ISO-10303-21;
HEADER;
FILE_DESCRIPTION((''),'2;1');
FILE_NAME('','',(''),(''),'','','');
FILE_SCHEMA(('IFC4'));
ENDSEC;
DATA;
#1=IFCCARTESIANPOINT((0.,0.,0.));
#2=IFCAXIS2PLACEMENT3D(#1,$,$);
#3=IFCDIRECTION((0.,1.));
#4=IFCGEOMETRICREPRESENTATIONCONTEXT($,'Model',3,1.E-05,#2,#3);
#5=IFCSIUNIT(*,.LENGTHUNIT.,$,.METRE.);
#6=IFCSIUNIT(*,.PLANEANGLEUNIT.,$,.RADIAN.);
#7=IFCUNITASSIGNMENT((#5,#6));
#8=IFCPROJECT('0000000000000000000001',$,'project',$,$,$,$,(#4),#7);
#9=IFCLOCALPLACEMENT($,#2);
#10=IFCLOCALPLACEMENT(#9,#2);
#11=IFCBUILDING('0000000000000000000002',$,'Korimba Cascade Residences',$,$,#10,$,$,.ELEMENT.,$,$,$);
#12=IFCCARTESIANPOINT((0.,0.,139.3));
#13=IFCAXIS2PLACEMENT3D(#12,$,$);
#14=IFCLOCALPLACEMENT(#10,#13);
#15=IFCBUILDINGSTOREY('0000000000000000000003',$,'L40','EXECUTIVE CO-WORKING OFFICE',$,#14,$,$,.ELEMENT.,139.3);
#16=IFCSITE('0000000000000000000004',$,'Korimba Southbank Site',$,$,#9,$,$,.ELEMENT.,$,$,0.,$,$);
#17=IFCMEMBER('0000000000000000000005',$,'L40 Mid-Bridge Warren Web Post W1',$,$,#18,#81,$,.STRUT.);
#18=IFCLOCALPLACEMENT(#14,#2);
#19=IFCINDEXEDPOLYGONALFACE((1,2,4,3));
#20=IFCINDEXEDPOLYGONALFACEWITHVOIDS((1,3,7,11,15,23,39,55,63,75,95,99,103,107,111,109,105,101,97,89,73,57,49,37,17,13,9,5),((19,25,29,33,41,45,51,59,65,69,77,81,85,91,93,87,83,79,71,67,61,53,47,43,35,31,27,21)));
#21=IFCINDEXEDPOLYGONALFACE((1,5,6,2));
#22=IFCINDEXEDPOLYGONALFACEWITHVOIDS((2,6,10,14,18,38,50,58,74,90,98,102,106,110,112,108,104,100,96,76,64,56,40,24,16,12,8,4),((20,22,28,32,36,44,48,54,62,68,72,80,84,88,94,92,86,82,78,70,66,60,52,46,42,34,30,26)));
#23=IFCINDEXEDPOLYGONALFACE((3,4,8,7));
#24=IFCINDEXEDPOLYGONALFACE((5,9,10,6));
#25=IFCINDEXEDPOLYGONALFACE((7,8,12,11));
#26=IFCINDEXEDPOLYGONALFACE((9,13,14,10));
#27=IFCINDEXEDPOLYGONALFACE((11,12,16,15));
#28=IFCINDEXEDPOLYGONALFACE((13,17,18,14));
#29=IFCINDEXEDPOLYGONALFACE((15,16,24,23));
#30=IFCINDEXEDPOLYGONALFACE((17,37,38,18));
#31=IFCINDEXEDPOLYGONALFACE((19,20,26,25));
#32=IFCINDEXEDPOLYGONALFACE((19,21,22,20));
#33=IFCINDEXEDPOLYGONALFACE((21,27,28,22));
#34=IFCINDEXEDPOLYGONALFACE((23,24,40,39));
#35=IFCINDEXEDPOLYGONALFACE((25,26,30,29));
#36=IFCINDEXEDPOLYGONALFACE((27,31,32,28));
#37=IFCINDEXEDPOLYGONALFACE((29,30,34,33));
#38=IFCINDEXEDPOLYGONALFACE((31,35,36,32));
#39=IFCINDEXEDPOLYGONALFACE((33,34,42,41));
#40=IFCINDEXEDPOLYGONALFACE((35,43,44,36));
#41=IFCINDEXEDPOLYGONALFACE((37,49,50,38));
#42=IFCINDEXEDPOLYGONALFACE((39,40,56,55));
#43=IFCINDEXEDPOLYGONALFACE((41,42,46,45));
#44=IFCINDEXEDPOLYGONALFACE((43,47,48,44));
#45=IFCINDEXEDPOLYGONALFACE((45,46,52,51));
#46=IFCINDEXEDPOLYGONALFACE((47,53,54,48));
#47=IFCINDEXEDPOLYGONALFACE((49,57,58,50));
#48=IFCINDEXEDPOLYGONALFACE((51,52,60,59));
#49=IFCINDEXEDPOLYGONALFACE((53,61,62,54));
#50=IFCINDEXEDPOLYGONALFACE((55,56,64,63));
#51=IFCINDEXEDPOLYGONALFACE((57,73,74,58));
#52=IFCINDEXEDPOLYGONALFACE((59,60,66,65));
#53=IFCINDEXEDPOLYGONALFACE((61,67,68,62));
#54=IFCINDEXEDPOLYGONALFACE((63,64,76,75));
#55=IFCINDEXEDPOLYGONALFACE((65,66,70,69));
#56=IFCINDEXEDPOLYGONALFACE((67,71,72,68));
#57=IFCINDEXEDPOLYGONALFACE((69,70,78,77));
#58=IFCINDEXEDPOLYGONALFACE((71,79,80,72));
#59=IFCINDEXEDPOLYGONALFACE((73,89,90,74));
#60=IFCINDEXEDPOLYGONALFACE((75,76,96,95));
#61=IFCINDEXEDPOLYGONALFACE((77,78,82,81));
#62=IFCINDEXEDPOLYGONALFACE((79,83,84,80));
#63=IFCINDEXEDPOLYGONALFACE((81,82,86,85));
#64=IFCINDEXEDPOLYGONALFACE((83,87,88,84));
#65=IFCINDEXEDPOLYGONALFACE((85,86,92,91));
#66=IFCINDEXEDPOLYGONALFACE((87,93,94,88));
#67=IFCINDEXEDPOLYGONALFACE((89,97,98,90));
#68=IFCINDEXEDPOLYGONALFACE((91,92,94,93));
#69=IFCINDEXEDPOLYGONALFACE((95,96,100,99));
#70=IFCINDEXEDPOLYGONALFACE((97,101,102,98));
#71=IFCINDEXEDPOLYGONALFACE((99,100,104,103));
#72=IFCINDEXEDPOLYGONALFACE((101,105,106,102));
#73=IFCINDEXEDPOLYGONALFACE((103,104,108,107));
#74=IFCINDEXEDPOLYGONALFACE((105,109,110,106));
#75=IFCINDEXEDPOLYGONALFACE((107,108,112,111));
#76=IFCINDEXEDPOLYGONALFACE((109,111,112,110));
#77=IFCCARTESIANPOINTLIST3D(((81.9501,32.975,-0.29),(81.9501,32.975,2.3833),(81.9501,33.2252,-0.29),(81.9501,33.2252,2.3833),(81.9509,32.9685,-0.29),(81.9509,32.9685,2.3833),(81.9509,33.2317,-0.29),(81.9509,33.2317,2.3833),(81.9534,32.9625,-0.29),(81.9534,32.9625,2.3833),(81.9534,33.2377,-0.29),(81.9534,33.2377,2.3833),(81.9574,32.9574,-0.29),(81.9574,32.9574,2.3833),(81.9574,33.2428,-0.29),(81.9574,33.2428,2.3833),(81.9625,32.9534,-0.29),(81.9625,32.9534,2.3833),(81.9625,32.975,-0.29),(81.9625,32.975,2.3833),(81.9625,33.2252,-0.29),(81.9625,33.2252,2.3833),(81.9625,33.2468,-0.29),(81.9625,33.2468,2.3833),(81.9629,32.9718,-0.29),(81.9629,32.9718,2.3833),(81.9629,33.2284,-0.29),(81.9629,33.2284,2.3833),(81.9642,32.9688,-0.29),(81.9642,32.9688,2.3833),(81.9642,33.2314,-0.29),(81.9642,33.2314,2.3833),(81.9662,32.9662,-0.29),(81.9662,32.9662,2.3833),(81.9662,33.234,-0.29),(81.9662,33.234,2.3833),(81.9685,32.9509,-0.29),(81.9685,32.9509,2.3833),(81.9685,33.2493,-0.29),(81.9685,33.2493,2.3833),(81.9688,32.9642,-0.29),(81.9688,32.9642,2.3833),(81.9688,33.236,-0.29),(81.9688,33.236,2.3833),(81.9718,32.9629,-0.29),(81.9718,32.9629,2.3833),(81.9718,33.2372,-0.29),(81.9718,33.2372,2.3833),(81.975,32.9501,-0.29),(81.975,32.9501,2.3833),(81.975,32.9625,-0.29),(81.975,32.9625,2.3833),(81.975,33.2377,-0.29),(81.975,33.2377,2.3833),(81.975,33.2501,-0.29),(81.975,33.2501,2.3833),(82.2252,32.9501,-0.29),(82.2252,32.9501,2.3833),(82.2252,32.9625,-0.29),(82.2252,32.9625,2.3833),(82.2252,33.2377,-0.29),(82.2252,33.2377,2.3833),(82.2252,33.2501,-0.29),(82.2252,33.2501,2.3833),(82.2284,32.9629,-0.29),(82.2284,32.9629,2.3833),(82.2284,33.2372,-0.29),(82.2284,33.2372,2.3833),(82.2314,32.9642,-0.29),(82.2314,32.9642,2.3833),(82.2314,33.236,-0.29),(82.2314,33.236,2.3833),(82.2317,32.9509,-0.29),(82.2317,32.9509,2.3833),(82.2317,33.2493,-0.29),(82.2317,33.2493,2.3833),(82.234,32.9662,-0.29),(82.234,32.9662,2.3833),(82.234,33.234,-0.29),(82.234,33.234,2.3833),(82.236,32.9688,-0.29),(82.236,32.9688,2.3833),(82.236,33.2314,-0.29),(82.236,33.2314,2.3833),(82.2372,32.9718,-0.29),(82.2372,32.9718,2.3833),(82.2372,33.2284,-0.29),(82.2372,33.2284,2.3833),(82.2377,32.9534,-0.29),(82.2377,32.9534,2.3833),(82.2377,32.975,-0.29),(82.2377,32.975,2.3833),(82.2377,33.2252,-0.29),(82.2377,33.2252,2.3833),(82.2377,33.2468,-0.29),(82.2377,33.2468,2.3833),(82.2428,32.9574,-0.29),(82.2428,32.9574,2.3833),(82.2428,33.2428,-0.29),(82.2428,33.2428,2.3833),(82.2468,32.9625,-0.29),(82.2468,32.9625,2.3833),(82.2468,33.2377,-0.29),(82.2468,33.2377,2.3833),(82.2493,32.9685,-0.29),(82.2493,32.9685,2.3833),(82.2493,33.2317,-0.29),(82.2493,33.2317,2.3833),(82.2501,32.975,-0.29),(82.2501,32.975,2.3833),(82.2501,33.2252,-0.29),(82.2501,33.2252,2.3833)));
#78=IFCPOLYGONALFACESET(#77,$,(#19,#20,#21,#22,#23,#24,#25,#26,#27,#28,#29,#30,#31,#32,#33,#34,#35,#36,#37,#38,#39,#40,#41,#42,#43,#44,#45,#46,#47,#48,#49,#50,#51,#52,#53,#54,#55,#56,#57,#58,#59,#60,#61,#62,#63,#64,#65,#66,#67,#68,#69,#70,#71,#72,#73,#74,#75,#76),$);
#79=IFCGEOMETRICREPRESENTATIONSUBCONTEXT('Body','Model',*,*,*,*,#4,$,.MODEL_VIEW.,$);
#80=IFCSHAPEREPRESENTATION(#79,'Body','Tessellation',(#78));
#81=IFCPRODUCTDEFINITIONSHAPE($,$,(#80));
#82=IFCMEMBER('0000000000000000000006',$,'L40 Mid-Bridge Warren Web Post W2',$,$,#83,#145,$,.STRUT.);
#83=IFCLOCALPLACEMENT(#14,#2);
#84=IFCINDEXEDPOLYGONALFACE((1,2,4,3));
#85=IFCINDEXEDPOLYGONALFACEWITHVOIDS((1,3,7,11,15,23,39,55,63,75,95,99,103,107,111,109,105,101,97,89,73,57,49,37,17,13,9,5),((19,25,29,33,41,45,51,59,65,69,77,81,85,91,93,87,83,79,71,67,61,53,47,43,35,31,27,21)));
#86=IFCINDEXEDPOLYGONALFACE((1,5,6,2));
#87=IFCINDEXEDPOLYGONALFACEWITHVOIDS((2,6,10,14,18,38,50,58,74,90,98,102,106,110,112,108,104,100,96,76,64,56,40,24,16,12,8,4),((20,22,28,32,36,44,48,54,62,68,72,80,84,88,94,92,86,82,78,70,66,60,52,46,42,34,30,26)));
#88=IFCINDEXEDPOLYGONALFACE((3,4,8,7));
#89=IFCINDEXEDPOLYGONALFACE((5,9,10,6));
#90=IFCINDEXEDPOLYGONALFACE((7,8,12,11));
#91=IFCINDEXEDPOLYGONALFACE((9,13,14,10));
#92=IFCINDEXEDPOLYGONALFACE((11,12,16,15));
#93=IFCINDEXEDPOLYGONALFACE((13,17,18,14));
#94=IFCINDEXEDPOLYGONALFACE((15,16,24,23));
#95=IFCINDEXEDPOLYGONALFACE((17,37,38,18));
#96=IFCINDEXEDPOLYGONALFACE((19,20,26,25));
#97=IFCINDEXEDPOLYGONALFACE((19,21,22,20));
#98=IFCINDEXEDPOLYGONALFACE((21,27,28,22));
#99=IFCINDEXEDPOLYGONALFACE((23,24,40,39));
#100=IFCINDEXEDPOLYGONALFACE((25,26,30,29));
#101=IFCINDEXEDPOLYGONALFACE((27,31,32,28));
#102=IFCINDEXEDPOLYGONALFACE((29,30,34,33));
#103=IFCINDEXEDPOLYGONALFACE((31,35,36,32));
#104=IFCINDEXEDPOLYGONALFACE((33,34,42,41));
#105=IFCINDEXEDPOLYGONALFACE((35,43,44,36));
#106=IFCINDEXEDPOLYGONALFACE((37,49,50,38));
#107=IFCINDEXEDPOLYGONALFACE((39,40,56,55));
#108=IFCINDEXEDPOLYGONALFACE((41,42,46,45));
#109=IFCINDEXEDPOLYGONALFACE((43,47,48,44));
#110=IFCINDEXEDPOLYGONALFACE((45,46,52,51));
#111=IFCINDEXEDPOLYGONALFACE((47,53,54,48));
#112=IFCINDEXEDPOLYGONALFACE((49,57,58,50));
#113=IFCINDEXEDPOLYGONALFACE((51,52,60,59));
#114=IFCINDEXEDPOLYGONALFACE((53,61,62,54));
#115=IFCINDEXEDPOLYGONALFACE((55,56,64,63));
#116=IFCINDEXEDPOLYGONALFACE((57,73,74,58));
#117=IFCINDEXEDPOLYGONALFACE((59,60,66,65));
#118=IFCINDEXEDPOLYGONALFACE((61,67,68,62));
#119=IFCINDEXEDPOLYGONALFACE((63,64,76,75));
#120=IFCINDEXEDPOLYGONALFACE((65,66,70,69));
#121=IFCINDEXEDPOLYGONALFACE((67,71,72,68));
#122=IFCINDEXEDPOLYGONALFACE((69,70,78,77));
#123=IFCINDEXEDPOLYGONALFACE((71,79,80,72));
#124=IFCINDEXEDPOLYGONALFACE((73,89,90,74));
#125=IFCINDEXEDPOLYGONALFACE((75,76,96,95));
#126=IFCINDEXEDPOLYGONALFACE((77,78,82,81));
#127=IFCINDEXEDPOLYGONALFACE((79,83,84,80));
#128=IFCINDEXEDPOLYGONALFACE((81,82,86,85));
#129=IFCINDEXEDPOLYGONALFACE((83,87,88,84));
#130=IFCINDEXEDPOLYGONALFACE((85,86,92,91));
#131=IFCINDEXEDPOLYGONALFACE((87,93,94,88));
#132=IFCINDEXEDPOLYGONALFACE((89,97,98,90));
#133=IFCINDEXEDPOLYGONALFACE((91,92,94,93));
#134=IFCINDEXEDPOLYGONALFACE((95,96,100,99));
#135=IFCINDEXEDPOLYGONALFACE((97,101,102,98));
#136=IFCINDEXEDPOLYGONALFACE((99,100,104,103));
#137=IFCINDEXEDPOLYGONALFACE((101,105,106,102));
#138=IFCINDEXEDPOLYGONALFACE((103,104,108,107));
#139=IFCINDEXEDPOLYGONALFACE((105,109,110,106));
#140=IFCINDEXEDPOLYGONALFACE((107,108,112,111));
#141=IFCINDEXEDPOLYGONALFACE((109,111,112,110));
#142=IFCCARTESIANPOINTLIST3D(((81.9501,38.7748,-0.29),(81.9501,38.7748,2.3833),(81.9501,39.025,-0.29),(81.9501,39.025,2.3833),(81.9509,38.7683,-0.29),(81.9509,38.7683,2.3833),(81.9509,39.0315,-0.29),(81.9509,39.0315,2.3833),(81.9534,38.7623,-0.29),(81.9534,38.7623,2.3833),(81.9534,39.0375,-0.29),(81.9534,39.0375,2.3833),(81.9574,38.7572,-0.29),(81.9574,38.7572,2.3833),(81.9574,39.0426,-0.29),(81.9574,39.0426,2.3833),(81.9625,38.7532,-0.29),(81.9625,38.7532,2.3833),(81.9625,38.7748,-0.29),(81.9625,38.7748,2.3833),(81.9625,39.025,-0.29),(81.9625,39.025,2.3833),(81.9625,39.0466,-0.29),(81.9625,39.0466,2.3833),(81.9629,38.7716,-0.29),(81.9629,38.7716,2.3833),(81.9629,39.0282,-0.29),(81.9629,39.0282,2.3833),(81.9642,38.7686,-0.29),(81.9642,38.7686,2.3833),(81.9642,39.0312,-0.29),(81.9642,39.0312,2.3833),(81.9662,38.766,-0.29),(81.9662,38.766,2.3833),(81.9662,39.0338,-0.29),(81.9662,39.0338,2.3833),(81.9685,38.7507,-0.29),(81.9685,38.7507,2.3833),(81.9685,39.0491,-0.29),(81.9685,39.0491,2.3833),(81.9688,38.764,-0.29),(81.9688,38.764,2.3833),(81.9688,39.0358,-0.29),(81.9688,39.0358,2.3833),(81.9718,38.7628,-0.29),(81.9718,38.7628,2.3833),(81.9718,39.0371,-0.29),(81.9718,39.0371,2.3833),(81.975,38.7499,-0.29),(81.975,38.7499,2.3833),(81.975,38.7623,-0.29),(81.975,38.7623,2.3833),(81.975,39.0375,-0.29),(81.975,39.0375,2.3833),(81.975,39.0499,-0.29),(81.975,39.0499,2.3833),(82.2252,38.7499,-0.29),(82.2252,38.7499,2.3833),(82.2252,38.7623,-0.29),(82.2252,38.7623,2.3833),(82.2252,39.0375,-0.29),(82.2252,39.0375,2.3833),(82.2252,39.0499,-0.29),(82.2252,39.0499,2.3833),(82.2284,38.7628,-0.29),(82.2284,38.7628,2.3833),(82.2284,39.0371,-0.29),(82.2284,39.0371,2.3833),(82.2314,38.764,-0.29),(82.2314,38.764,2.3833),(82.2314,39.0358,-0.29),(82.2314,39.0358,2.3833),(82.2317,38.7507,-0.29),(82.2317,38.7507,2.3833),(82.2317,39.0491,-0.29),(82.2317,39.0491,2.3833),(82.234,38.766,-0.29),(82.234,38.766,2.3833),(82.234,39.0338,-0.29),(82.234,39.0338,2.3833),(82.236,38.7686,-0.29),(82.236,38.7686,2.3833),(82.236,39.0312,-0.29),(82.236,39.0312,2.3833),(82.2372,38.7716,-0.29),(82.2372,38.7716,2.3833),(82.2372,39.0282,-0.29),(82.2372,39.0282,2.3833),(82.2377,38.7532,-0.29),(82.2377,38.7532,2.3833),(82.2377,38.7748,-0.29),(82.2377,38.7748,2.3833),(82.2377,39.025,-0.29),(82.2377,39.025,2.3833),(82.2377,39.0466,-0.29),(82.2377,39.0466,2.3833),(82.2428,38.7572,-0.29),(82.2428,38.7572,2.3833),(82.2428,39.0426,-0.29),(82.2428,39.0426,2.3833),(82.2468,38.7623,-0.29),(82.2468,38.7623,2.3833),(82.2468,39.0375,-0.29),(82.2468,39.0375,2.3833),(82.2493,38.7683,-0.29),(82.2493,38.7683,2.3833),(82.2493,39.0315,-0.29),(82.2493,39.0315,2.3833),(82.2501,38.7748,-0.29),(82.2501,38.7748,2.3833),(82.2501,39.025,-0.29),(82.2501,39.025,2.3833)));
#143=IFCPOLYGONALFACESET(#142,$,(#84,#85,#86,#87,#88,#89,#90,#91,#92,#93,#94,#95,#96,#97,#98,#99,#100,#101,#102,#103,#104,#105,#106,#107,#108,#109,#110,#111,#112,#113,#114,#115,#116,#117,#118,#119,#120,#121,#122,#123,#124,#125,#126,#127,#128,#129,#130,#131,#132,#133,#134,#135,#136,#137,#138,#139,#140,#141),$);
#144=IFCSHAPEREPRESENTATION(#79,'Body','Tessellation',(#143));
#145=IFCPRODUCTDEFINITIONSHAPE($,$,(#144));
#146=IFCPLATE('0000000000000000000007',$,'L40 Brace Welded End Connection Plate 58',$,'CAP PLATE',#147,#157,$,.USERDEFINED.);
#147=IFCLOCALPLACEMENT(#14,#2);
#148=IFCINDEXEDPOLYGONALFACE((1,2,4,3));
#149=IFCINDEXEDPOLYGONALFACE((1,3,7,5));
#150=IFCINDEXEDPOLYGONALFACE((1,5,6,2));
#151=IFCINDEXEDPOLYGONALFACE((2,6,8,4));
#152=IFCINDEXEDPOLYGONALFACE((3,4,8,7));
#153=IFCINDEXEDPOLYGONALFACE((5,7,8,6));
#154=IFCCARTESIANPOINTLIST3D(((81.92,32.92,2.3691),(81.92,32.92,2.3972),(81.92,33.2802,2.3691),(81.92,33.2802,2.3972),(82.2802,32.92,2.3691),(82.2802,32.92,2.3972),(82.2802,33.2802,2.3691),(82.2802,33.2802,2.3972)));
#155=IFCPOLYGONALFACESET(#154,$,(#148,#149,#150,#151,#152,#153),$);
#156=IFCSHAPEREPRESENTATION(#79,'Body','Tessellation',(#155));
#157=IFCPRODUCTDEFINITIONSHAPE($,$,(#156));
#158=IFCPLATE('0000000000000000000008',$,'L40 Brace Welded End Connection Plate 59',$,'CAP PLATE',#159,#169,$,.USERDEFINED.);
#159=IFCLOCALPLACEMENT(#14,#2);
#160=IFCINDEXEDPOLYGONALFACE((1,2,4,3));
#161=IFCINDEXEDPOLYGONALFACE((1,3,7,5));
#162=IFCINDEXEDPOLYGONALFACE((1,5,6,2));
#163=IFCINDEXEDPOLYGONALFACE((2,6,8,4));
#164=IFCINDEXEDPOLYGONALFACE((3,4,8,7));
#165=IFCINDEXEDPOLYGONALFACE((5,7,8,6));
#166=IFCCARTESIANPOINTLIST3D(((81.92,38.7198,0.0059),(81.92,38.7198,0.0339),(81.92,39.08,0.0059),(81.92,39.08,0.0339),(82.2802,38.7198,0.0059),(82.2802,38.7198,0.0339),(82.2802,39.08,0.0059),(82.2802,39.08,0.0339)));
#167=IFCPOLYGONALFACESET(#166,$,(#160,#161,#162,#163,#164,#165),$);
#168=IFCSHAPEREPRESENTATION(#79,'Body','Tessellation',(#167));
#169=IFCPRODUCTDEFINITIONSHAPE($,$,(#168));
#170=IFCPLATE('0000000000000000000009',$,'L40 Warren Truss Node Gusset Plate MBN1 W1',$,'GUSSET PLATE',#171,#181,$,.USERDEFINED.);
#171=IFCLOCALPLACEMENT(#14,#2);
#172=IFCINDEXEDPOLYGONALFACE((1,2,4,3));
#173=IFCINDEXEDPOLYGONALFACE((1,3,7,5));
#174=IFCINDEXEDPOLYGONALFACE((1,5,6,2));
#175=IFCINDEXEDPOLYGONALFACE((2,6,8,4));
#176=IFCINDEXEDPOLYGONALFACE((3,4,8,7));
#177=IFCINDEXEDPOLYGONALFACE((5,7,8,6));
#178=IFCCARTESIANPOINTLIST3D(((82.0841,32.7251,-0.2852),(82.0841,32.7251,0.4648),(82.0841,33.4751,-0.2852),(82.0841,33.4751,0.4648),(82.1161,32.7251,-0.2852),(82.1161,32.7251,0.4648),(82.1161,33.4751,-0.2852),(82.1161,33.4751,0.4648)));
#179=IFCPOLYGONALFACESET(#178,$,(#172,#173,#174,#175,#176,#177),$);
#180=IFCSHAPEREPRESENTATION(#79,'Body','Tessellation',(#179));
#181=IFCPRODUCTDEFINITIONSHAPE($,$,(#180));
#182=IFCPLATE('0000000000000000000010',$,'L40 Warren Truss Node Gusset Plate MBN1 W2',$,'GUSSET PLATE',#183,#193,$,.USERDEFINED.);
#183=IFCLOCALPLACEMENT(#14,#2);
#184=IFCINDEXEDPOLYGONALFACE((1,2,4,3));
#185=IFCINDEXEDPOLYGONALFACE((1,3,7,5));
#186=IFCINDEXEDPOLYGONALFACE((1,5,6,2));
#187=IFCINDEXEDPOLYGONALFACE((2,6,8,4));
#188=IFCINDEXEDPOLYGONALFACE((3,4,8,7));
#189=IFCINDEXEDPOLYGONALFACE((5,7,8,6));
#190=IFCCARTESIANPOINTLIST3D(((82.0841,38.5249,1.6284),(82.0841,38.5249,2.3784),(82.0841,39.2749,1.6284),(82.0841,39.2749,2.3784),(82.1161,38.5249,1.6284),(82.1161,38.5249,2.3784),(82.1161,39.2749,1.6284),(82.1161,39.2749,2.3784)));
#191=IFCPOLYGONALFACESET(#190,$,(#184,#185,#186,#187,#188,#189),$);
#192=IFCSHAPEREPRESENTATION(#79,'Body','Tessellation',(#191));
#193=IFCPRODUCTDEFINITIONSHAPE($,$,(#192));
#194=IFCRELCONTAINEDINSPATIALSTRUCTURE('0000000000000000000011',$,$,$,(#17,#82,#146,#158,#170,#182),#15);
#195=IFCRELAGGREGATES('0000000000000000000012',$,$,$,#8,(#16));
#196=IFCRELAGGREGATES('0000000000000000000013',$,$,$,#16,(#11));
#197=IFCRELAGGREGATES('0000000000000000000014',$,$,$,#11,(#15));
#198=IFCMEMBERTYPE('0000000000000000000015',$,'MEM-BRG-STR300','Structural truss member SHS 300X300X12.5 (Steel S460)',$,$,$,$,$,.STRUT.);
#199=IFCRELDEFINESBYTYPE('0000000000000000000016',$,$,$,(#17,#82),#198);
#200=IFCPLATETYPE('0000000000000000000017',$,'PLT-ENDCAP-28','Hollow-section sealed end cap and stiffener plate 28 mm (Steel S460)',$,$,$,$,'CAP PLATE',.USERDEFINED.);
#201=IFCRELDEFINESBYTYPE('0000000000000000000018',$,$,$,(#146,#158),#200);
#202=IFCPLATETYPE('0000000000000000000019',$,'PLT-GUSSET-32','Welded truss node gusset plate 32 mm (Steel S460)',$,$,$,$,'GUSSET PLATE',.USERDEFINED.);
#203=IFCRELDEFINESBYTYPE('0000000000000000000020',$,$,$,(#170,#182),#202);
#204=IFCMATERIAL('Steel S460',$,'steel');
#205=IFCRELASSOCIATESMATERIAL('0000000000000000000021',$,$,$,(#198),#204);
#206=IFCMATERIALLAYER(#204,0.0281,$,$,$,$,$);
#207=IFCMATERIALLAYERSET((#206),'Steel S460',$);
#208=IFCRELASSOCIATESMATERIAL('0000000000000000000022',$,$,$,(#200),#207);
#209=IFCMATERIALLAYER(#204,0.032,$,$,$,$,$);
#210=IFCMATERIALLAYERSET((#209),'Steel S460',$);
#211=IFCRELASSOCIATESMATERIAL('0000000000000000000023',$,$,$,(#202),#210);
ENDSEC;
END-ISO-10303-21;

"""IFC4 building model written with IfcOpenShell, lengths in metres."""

from ifc_helpers import new_model, si_unit, direction, frame, origin, origin_2d, place, context, subcontext, project, spatial, rectangle, hollow_rectangle, extrude, material, layer, layer_set, material_profile, profile_set, type_object, element, save


model = new_model("IFC4")

# Units and contexts
model_context = context("Model", 3, precision=1e-05, world=origin(), true_north=direction((0.0, 1.0)))
body_context = subcontext(model_context, "Body", "Model", "MODEL_VIEW")
ifc_project = project(units=[si_unit("LENGTHUNIT", "METRE"), si_unit("PLANEANGLEUNIT", "RADIAN")], contexts=[model_context])

# Site, building, storey
site_placement = place(None, origin())
site = spatial("IfcSite", under=ifc_project, at=site_placement, Name="Korimba Southbank Site", CompositionType="ELEMENT", RefElevation=0.0)
building_placement = place(site_placement, origin())
building = spatial("IfcBuilding", under=site, at=building_placement, Name="Korimba Cascade Residences", CompositionType="ELEMENT")
storey_placement = place(building_placement, frame((0.0, 0.0, 139.3)))
storey = spatial("IfcBuildingStorey", under=building, at=storey_placement, Name="L40", Description="EXECUTIVE CO-WORKING OFFICE", CompositionType="ELEMENT", Elevation=139.3)

# Shared definitions
ifc_material_1 = material(Name="Steel S460", Category="steel")

# Members
ifc_material_profile_1 = material_profile(ifc_material_1, hollow_rectangle(XDim=0.3, YDim=0.3, WallThickness=0.0125, InnerFilletRadius=0.0125, OuterFilletRadius=0.0249, at=origin_2d()), Name="Steel S460")
ifc_profile_set_1 = profile_set([ifc_material_profile_1], Name="Steel S460")
member_type_1 = type_object("IfcMemberType", Name="MEM-BRG-STR300", Description="Structural truss member SHS 300X300X12.5 (Steel S460)", PredefinedType="STRUT", material=ifc_profile_set_1)
for number, where, z_axis, x_axis, name in (
    (1, (82.1001, 33.1001, -0.29), (0.0, 0.0, 1.0), (1.0, 0.0, 0.0), "L40 Mid-Bridge Warren Web Post W1"),
    (2, (82.1001, 38.8999, -0.29), (0.0, 0.0, 1.0), (1.0, 0.0, 0.0), "L40 Mid-Bridge Warren Web Post W2"),
):
    element("IfcMember", number, at=place(storey_placement, frame(where, z_axis=z_axis, x_axis=x_axis)), inside=storey, type_object=member_type_1, Name=name, PredefinedType="STRUT", context=body_context, shape_type="SweptSolid", body=[
        extrude(hollow_rectangle(XDim=0.3, YDim=0.3, WallThickness=0.0125, InnerFilletRadius=0.0125, OuterFilletRadius=0.0249, at=origin_2d()), origin(), (0.0, 0.0, 1.0), 2.6733),
    ])

# Plates
ifc_layer_1 = layer(ifc_material_1, 0.0281)
ifc_layer_set_1 = layer_set([ifc_layer_1], Name="Steel S460")
plate_type_1 = type_object("IfcPlateType", Name="PLT-ENDCAP-28", Description="Hollow-section sealed end cap and stiffener plate 28 mm (Steel S460)", ElementType="CAP PLATE", PredefinedType="USERDEFINED", material=ifc_layer_set_1)
for number, where, z_axis, x_axis, name in (
    (3, (82.1001, 33.1001, 2.3691), (0.0, 0.0, 1.0), (1.0, 0.0, 0.0), "L40 Brace Welded End Connection Plate 58"),
    (4, (82.1001, 38.8999, 0.0059), (0.0, 0.0, 1.0), (1.0, 0.0, 0.0), "L40 Brace Welded End Connection Plate 59"),
):
    element("IfcPlate", number, at=place(storey_placement, frame(where, z_axis=z_axis, x_axis=x_axis)), inside=storey, type_object=plate_type_1, Name=name, ObjectType="CAP PLATE", PredefinedType="USERDEFINED", context=body_context, shape_type="SweptSolid", body=[
        extrude(rectangle(XDim=0.3601, YDim=0.3601, at=origin_2d()), origin(), (0.0, 0.0, 1.0), 0.0281),
    ])
ifc_layer_2 = layer(ifc_material_1, 0.032)
ifc_layer_set_2 = layer_set([ifc_layer_2], Name="Steel S460")
plate_type_2 = type_object("IfcPlateType", Name="PLT-GUSSET-32", Description="Welded truss node gusset plate 32 mm (Steel S460)", ElementType="GUSSET PLATE", PredefinedType="USERDEFINED", material=ifc_layer_set_2)
for number, where, z_axis, x_axis, name in (
    (5, (82.1001, 33.1001, -0.2852), (0.0, 0.0, 1.0), (1.0, 0.0, 0.0), "L40 Warren Truss Node Gusset Plate MBN1 W1"),
    (6, (82.1001, 38.8999, 1.6284), (0.0, 0.0, 1.0), (1.0, 0.0, 0.0), "L40 Warren Truss Node Gusset Plate MBN1 W2"),
):
    element("IfcPlate", number, at=place(storey_placement, frame(where, z_axis=z_axis, x_axis=x_axis)), inside=storey, type_object=plate_type_2, Name=name, ObjectType="GUSSET PLATE", PredefinedType="USERDEFINED", context=body_context, shape_type="SweptSolid", body=[
        extrude(rectangle(XDim=0.032, YDim=0.75, at=origin_2d()), origin(), (0.0, 0.0, 1.0), 0.75),
    ])

save(model, "model.ifc")
